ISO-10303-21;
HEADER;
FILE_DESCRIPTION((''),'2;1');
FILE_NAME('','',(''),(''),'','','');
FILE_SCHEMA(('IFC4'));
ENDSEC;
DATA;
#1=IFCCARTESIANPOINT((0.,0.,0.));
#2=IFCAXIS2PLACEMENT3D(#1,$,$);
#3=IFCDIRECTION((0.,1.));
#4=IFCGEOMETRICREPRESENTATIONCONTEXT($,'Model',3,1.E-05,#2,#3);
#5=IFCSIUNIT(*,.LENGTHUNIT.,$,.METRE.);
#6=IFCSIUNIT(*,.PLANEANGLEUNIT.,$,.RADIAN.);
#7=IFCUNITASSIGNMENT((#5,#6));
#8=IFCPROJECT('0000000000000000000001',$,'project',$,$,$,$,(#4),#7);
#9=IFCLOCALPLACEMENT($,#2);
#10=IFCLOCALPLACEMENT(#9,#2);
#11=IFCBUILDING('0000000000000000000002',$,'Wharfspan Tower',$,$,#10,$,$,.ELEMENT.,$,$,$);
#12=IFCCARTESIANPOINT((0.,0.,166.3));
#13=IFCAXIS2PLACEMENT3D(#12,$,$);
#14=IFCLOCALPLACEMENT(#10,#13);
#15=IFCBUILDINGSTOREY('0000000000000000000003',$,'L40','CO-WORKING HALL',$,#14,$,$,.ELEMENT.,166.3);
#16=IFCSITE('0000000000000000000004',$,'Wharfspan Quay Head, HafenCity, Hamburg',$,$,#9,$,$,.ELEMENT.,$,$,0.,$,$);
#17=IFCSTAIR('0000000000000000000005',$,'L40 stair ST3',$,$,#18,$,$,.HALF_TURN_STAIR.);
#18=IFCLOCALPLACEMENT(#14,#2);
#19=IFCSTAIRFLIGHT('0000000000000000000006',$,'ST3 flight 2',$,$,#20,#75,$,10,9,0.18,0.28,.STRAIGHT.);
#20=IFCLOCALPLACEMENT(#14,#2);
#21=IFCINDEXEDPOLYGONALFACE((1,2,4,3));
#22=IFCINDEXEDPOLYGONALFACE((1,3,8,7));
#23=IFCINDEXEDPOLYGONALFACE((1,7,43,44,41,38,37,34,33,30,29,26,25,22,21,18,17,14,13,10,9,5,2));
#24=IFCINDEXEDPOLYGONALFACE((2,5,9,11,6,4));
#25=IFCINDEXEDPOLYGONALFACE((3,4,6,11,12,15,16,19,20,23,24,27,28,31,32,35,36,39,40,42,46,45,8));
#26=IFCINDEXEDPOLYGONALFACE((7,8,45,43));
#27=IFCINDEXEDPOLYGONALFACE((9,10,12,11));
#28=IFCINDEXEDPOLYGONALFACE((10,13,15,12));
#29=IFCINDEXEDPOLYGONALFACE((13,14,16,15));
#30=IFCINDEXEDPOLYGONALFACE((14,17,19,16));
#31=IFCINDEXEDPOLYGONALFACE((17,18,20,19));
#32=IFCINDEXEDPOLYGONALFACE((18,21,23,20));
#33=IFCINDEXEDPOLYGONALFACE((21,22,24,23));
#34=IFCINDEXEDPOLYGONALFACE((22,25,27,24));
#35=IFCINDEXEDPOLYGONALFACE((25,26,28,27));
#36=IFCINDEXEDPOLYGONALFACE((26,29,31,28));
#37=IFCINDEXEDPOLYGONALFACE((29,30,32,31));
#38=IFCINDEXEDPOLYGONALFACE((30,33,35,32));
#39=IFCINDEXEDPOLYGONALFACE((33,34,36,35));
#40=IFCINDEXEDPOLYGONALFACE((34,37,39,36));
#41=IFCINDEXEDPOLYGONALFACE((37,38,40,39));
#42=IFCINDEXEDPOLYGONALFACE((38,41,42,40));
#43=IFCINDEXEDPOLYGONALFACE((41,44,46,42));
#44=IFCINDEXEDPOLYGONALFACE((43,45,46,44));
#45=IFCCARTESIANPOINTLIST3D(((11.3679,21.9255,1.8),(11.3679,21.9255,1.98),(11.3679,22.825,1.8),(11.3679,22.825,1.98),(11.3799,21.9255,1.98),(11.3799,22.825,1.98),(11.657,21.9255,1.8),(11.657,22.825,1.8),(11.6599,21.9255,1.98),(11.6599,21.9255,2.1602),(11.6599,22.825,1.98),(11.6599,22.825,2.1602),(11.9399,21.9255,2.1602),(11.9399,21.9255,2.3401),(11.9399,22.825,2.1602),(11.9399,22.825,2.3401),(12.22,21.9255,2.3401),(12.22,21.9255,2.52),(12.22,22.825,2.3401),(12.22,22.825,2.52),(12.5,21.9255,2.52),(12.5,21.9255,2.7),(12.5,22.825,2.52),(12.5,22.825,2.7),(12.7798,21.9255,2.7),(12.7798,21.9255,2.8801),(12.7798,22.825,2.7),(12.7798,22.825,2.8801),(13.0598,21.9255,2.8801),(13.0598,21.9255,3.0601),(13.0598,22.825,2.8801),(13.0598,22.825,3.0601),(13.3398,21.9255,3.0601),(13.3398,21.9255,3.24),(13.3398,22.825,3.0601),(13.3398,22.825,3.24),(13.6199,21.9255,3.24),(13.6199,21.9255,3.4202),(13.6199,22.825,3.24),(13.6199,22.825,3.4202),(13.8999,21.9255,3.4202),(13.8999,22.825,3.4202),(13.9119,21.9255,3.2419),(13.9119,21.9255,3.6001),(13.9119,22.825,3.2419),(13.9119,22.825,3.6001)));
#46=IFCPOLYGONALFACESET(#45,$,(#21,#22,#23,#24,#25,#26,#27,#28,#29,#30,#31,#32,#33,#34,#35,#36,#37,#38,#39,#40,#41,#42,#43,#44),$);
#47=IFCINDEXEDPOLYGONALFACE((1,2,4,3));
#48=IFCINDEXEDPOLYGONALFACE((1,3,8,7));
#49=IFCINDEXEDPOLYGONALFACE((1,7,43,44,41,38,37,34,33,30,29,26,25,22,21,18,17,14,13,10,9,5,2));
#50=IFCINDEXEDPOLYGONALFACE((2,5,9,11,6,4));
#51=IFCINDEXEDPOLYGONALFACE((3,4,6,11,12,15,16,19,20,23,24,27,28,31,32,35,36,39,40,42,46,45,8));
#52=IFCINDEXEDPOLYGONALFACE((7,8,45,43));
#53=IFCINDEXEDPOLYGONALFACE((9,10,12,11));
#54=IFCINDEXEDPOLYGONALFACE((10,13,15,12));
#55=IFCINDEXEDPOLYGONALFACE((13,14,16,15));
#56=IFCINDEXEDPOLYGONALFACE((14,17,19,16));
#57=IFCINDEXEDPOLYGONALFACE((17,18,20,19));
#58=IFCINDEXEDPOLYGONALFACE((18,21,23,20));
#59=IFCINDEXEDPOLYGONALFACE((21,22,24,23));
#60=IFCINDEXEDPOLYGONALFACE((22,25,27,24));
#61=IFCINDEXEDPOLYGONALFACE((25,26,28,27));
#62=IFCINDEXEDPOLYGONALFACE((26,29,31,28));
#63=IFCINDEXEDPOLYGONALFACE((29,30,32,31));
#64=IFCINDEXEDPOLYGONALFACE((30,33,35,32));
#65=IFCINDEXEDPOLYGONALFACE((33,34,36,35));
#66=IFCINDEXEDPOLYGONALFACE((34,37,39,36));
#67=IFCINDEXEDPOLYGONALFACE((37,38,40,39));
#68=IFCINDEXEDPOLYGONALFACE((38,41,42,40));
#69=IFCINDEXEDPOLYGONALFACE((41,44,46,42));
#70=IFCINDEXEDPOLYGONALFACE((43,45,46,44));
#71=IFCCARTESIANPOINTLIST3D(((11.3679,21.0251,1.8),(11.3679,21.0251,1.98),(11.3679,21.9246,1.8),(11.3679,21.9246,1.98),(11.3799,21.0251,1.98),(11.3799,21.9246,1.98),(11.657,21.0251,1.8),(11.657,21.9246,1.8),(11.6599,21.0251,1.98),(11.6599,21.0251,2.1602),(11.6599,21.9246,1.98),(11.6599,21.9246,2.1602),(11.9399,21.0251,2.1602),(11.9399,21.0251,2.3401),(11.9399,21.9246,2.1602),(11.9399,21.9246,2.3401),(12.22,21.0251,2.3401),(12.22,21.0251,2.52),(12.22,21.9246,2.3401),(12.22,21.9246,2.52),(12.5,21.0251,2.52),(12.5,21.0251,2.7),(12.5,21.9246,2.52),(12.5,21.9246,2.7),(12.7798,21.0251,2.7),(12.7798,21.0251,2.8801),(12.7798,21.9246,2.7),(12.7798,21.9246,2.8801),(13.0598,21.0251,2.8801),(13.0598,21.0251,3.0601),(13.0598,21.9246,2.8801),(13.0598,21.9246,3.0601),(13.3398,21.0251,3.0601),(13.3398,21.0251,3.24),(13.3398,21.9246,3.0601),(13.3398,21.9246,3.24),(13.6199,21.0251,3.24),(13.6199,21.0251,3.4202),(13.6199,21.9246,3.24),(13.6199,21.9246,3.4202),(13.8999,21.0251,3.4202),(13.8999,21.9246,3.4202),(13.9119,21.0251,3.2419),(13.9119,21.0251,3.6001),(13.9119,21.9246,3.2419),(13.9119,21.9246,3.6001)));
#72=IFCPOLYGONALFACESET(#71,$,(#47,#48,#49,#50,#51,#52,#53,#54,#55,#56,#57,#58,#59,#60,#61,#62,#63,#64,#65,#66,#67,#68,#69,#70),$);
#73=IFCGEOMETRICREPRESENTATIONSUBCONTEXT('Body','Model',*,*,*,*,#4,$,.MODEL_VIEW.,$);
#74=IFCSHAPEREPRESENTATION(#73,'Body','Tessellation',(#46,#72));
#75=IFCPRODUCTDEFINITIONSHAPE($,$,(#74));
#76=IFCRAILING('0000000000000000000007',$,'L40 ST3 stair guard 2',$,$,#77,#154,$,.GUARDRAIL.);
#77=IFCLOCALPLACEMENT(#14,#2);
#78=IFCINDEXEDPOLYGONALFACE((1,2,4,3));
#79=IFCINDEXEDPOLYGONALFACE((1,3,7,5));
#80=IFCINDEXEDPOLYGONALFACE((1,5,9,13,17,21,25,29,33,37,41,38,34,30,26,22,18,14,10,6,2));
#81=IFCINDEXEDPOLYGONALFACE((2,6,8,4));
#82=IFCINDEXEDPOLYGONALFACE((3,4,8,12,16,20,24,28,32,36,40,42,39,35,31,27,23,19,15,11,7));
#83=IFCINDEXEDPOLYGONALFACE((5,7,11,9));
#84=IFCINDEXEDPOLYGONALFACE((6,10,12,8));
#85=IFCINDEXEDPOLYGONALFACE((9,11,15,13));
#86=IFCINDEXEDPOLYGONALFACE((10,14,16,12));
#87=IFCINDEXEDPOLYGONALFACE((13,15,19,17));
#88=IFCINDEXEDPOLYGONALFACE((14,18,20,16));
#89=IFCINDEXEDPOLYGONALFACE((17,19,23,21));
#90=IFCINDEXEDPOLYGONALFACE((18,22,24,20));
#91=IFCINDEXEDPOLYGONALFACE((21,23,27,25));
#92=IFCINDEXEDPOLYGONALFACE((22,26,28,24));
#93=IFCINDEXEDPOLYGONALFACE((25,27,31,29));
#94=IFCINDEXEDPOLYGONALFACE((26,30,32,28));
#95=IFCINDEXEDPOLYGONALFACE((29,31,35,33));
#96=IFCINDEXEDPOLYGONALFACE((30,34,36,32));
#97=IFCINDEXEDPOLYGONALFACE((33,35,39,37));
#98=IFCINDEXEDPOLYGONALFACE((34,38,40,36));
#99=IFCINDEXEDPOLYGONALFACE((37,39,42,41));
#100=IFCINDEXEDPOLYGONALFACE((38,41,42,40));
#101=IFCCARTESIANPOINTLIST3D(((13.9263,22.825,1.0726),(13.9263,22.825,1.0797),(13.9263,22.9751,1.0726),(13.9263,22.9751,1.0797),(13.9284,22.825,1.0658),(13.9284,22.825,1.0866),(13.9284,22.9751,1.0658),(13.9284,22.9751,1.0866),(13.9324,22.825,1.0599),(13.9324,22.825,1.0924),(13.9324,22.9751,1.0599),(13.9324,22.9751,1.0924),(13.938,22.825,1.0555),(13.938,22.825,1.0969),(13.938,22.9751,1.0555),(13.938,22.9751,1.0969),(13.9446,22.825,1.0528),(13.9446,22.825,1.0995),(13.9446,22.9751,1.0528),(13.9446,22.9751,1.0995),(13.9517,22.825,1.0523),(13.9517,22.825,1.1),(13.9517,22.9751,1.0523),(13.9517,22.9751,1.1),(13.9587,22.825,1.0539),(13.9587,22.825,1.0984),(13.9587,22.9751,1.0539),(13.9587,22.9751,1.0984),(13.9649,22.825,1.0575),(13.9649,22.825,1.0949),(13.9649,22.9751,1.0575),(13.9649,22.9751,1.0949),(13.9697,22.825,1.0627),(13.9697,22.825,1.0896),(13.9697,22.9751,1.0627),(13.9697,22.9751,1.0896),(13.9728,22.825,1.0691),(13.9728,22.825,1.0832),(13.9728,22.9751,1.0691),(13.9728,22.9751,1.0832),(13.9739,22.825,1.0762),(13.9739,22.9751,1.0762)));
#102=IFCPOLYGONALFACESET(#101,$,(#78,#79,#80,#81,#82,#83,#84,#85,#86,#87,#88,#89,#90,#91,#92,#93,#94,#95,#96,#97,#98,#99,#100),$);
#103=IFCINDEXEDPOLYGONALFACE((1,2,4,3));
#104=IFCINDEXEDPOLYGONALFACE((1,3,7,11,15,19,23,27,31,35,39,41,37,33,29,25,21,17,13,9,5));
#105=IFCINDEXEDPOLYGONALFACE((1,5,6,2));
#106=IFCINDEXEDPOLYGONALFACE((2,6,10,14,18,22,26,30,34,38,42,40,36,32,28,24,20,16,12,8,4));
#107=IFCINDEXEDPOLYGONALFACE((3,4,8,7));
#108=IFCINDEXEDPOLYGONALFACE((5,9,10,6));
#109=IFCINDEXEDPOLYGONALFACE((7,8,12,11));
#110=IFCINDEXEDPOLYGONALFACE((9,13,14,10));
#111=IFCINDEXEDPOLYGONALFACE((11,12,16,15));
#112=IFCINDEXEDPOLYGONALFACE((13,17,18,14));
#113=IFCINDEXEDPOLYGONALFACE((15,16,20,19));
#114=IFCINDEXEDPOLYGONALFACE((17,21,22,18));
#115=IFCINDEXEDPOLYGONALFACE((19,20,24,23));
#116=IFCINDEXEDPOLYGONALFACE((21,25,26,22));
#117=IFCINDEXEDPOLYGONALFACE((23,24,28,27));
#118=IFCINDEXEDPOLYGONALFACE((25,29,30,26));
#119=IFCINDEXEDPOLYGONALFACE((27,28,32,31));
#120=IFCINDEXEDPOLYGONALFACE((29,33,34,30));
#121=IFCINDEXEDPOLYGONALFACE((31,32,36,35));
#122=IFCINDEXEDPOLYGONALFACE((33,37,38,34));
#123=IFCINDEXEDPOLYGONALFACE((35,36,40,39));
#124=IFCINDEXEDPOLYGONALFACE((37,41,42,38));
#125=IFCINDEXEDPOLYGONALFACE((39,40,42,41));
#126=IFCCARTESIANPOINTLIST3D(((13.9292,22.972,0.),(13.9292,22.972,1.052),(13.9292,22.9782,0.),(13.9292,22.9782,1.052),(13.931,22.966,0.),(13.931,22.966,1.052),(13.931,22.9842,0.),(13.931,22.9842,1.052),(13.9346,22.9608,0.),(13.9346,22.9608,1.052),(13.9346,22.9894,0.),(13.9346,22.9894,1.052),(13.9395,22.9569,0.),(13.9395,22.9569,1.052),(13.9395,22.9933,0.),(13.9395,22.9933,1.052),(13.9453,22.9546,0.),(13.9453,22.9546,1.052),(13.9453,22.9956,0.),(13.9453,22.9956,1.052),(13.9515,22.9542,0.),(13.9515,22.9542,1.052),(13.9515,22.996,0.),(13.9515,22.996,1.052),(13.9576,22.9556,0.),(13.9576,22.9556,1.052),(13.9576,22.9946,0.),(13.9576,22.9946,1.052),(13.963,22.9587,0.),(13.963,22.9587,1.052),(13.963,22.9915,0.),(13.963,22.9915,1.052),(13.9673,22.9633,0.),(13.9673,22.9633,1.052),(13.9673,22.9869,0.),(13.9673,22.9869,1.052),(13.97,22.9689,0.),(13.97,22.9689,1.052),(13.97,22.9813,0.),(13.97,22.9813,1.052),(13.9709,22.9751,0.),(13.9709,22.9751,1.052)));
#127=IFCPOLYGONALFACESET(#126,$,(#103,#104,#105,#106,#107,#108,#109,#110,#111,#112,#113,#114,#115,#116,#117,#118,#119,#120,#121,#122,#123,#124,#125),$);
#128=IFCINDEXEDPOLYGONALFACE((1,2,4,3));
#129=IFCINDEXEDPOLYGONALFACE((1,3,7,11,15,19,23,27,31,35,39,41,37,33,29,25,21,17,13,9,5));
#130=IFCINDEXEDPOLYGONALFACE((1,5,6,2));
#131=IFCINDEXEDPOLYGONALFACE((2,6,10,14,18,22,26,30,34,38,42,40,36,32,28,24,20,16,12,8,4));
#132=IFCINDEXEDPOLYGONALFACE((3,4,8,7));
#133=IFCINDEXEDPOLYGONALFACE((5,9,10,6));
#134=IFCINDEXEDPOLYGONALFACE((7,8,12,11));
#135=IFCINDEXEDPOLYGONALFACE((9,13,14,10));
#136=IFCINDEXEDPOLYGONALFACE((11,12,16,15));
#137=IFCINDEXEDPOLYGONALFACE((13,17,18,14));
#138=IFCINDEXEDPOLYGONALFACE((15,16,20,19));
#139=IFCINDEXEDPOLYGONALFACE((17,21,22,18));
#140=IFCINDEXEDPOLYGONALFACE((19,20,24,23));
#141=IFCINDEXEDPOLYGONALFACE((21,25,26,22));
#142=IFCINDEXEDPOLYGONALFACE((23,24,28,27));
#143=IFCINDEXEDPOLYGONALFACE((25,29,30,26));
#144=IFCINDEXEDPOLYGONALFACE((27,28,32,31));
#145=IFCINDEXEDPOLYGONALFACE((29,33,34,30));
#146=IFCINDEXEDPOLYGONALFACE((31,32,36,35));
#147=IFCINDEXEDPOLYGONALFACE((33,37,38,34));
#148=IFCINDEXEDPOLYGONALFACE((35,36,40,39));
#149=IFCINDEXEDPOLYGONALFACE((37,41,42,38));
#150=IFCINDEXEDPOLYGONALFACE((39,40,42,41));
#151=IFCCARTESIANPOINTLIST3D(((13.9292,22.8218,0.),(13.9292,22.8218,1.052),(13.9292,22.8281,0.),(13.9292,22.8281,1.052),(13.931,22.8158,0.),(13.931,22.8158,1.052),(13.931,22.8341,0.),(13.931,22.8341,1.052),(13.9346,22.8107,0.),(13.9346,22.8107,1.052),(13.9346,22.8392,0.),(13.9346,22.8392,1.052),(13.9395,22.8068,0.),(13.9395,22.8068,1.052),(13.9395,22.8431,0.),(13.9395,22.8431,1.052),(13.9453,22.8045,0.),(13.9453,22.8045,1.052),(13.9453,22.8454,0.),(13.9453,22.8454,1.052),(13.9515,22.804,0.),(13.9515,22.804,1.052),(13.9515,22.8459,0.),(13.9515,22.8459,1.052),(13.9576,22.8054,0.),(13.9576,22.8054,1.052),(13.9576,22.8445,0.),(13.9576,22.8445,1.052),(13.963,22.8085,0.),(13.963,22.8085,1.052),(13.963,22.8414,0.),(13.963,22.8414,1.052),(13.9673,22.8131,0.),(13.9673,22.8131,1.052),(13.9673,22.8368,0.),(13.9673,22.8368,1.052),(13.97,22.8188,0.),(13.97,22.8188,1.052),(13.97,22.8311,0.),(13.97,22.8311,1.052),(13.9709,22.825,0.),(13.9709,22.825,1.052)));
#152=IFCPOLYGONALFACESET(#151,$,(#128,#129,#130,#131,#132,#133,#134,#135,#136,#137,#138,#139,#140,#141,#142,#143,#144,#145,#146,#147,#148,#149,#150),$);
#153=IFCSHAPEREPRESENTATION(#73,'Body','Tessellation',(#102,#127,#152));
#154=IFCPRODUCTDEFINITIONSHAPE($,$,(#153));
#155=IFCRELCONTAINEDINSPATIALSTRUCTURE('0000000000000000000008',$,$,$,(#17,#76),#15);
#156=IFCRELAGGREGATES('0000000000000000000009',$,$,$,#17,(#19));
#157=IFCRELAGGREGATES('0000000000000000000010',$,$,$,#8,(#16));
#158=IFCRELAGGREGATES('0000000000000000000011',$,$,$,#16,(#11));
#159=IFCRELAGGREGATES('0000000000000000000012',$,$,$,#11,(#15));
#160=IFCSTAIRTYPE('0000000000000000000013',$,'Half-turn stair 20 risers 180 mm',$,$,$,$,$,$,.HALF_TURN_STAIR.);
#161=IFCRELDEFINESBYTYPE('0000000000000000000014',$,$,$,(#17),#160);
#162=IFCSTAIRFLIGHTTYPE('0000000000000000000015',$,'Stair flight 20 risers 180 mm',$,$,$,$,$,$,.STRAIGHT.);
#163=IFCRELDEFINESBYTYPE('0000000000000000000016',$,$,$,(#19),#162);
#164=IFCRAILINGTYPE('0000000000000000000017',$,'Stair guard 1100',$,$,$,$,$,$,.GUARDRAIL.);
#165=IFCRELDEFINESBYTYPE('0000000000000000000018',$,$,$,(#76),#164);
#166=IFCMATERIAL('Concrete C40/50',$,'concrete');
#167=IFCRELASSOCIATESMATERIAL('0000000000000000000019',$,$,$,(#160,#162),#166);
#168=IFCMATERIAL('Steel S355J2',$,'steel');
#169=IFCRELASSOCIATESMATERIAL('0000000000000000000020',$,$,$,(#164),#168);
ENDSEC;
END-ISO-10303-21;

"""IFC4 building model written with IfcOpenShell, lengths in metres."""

from ifc_helpers import new_model, si_unit, direction, frame, origin, origin_2d, place, context, subcontext, project, spatial, polyline, circle, outline, extrude, material, type_object, element, aggregate, save


model = new_model("IFC4")

# Units and contexts
model_context = context("Model", 3, precision=1e-05, world=origin(), true_north=direction((0.0, 1.0)))
body_context = subcontext(model_context, "Body", "Model", "MODEL_VIEW")
ifc_project = project(units=[si_unit("LENGTHUNIT", "METRE"), si_unit("PLANEANGLEUNIT", "RADIAN")], contexts=[model_context])

# Site, building, storey
site_placement = place(None, origin())
site = spatial("IfcSite", under=ifc_project, at=site_placement, Name="Wharfspan Quay Head, HafenCity, Hamburg", CompositionType="ELEMENT", RefElevation=0.0)
building_placement = place(site_placement, origin())
building = spatial("IfcBuilding", under=site, at=building_placement, Name="Wharfspan Tower", CompositionType="ELEMENT")
storey_placement = place(building_placement, frame((0.0, 0.0, 166.3)))
storey = spatial("IfcBuildingStorey", under=building, at=storey_placement, Name="L40", Description="CO-WORKING HALL", CompositionType="ELEMENT", Elevation=166.3)

# Shared definitions
ifc_material_1 = material(Name="Concrete C40/50", Category="concrete")

# Stair, stair flight
stair_type = type_object("IfcStairType", Name="Half-turn stair 20 risers 180 mm", PredefinedType="HALF_TURN_STAIR", material=ifc_material_1)
stair_placement = place(storey_placement, origin())
stair = element("IfcStair", 1, at=stair_placement, inside=storey, type_object=stair_type, Name="L40 stair ST3", PredefinedType="HALF_TURN_STAIR")
stair_flight_type = type_object("IfcStairFlightType", Name="Stair flight 20 risers 180 mm", PredefinedType="STRAIGHT", material=ifc_material_1)
stair_flight_1_placement = place(storey_placement, frame((11.3799, 21.925, 1.8), z_axis=(0.0, 0.0, 1.0), x_axis=(1.0, 0.0, 0.0)))
stair_flight_1 = element("IfcStairFlight", 2, at=stair_flight_1_placement, type_object=stair_flight_type, Name="ST3 flight 2", NumberOfRisers=10, NumberOfTreads=9, PredefinedType="STRAIGHT", RiserHeight=0.18, TreadLength=0.28, context=body_context, shape_type="SweptSolid", body=[
    extrude(outline(polyline([(-0.012, 0.0), (-0.012, 0.1799), (0.0, 0.1799), (0.28, 0.1799), (0.28, 0.3601), (0.5601, 0.3601), (0.5601, 0.54), (0.8401, 0.54), (0.8401, 0.72), (1.1201, 0.72), (1.1201, 0.8999), (1.3999, 0.8999), (1.3999, 1.0801), (1.6799, 1.0801), (1.6799, 1.26), (1.96, 1.26), (1.96, 1.4399), (2.24, 1.4399), (2.24, 1.6201), (2.52, 1.6201), (2.532, 1.8), (2.532, 1.4419), (0.2771, 0.0), (-0.012, 0.0)])), frame((0.0, 0.8999, 0.0), z_axis=(0.0, -1.0, 0.0), x_axis=(1.0, 0.0, 0.0)), (0.0, 0.0, 1.0), 0.8994),
    extrude(outline(polyline([(-0.012, 0.0), (-0.012, 0.1799), (0.0, 0.1799), (0.28, 0.1799), (0.28, 0.3601), (0.5601, 0.3601), (0.5601, 0.54), (0.8401, 0.54), (0.8401, 0.72), (1.1201, 0.72), (1.1201, 0.8999), (1.3999, 0.8999), (1.3999, 1.0801), (1.6799, 1.0801), (1.6799, 1.26), (1.96, 1.26), (1.96, 1.4399), (2.24, 1.4399), (2.24, 1.6201), (2.52, 1.6201), (2.532, 1.8), (2.532, 1.4419), (0.2771, 0.0), (-0.012, 0.0)])), frame((0.0, -0.0005, 0.0), z_axis=(0.0, -1.0, 0.0), x_axis=(1.0, 0.0, 0.0)), (0.0, 0.0, 1.0), 0.8994),
])
aggregate(stair, [stair_flight_1])

# Railing
ifc_material_2 = material(Name="Steel S355J2", Category="steel")
railing_type_1 = type_object("IfcRailingType", Name="Stair guard 1100", PredefinedType="GUARDRAIL", material=ifc_material_2)
railing_1_placement = place(storey_placement, frame((13.95, 22.9751, 0.0)))
element("IfcRailing", 3, at=railing_1_placement, inside=storey, type_object=railing_type_1, Name="L40 ST3 stair guard 2", PredefinedType="GUARDRAIL", context=body_context, shape_type="SweptSolid", body=[
    extrude(circle(Radius=0.0239, at=origin_2d()), frame((0.0, 0.0, 1.0762), z_axis=(0.0, -1.0, 0.0), x_axis=(1.0, 0.0, 0.0)), (0.0, 0.0, 1.0), 0.1501),
    extrude(circle(Radius=0.021, at=origin_2d()), origin(), (0.0, 0.0, 1.0), 1.052),
    extrude(circle(Radius=0.021, at=origin_2d()), frame((0.0, -0.1501, 0.0)), (0.0, 0.0, 1.0), 1.052),
])

save(model, "model.ifc")
